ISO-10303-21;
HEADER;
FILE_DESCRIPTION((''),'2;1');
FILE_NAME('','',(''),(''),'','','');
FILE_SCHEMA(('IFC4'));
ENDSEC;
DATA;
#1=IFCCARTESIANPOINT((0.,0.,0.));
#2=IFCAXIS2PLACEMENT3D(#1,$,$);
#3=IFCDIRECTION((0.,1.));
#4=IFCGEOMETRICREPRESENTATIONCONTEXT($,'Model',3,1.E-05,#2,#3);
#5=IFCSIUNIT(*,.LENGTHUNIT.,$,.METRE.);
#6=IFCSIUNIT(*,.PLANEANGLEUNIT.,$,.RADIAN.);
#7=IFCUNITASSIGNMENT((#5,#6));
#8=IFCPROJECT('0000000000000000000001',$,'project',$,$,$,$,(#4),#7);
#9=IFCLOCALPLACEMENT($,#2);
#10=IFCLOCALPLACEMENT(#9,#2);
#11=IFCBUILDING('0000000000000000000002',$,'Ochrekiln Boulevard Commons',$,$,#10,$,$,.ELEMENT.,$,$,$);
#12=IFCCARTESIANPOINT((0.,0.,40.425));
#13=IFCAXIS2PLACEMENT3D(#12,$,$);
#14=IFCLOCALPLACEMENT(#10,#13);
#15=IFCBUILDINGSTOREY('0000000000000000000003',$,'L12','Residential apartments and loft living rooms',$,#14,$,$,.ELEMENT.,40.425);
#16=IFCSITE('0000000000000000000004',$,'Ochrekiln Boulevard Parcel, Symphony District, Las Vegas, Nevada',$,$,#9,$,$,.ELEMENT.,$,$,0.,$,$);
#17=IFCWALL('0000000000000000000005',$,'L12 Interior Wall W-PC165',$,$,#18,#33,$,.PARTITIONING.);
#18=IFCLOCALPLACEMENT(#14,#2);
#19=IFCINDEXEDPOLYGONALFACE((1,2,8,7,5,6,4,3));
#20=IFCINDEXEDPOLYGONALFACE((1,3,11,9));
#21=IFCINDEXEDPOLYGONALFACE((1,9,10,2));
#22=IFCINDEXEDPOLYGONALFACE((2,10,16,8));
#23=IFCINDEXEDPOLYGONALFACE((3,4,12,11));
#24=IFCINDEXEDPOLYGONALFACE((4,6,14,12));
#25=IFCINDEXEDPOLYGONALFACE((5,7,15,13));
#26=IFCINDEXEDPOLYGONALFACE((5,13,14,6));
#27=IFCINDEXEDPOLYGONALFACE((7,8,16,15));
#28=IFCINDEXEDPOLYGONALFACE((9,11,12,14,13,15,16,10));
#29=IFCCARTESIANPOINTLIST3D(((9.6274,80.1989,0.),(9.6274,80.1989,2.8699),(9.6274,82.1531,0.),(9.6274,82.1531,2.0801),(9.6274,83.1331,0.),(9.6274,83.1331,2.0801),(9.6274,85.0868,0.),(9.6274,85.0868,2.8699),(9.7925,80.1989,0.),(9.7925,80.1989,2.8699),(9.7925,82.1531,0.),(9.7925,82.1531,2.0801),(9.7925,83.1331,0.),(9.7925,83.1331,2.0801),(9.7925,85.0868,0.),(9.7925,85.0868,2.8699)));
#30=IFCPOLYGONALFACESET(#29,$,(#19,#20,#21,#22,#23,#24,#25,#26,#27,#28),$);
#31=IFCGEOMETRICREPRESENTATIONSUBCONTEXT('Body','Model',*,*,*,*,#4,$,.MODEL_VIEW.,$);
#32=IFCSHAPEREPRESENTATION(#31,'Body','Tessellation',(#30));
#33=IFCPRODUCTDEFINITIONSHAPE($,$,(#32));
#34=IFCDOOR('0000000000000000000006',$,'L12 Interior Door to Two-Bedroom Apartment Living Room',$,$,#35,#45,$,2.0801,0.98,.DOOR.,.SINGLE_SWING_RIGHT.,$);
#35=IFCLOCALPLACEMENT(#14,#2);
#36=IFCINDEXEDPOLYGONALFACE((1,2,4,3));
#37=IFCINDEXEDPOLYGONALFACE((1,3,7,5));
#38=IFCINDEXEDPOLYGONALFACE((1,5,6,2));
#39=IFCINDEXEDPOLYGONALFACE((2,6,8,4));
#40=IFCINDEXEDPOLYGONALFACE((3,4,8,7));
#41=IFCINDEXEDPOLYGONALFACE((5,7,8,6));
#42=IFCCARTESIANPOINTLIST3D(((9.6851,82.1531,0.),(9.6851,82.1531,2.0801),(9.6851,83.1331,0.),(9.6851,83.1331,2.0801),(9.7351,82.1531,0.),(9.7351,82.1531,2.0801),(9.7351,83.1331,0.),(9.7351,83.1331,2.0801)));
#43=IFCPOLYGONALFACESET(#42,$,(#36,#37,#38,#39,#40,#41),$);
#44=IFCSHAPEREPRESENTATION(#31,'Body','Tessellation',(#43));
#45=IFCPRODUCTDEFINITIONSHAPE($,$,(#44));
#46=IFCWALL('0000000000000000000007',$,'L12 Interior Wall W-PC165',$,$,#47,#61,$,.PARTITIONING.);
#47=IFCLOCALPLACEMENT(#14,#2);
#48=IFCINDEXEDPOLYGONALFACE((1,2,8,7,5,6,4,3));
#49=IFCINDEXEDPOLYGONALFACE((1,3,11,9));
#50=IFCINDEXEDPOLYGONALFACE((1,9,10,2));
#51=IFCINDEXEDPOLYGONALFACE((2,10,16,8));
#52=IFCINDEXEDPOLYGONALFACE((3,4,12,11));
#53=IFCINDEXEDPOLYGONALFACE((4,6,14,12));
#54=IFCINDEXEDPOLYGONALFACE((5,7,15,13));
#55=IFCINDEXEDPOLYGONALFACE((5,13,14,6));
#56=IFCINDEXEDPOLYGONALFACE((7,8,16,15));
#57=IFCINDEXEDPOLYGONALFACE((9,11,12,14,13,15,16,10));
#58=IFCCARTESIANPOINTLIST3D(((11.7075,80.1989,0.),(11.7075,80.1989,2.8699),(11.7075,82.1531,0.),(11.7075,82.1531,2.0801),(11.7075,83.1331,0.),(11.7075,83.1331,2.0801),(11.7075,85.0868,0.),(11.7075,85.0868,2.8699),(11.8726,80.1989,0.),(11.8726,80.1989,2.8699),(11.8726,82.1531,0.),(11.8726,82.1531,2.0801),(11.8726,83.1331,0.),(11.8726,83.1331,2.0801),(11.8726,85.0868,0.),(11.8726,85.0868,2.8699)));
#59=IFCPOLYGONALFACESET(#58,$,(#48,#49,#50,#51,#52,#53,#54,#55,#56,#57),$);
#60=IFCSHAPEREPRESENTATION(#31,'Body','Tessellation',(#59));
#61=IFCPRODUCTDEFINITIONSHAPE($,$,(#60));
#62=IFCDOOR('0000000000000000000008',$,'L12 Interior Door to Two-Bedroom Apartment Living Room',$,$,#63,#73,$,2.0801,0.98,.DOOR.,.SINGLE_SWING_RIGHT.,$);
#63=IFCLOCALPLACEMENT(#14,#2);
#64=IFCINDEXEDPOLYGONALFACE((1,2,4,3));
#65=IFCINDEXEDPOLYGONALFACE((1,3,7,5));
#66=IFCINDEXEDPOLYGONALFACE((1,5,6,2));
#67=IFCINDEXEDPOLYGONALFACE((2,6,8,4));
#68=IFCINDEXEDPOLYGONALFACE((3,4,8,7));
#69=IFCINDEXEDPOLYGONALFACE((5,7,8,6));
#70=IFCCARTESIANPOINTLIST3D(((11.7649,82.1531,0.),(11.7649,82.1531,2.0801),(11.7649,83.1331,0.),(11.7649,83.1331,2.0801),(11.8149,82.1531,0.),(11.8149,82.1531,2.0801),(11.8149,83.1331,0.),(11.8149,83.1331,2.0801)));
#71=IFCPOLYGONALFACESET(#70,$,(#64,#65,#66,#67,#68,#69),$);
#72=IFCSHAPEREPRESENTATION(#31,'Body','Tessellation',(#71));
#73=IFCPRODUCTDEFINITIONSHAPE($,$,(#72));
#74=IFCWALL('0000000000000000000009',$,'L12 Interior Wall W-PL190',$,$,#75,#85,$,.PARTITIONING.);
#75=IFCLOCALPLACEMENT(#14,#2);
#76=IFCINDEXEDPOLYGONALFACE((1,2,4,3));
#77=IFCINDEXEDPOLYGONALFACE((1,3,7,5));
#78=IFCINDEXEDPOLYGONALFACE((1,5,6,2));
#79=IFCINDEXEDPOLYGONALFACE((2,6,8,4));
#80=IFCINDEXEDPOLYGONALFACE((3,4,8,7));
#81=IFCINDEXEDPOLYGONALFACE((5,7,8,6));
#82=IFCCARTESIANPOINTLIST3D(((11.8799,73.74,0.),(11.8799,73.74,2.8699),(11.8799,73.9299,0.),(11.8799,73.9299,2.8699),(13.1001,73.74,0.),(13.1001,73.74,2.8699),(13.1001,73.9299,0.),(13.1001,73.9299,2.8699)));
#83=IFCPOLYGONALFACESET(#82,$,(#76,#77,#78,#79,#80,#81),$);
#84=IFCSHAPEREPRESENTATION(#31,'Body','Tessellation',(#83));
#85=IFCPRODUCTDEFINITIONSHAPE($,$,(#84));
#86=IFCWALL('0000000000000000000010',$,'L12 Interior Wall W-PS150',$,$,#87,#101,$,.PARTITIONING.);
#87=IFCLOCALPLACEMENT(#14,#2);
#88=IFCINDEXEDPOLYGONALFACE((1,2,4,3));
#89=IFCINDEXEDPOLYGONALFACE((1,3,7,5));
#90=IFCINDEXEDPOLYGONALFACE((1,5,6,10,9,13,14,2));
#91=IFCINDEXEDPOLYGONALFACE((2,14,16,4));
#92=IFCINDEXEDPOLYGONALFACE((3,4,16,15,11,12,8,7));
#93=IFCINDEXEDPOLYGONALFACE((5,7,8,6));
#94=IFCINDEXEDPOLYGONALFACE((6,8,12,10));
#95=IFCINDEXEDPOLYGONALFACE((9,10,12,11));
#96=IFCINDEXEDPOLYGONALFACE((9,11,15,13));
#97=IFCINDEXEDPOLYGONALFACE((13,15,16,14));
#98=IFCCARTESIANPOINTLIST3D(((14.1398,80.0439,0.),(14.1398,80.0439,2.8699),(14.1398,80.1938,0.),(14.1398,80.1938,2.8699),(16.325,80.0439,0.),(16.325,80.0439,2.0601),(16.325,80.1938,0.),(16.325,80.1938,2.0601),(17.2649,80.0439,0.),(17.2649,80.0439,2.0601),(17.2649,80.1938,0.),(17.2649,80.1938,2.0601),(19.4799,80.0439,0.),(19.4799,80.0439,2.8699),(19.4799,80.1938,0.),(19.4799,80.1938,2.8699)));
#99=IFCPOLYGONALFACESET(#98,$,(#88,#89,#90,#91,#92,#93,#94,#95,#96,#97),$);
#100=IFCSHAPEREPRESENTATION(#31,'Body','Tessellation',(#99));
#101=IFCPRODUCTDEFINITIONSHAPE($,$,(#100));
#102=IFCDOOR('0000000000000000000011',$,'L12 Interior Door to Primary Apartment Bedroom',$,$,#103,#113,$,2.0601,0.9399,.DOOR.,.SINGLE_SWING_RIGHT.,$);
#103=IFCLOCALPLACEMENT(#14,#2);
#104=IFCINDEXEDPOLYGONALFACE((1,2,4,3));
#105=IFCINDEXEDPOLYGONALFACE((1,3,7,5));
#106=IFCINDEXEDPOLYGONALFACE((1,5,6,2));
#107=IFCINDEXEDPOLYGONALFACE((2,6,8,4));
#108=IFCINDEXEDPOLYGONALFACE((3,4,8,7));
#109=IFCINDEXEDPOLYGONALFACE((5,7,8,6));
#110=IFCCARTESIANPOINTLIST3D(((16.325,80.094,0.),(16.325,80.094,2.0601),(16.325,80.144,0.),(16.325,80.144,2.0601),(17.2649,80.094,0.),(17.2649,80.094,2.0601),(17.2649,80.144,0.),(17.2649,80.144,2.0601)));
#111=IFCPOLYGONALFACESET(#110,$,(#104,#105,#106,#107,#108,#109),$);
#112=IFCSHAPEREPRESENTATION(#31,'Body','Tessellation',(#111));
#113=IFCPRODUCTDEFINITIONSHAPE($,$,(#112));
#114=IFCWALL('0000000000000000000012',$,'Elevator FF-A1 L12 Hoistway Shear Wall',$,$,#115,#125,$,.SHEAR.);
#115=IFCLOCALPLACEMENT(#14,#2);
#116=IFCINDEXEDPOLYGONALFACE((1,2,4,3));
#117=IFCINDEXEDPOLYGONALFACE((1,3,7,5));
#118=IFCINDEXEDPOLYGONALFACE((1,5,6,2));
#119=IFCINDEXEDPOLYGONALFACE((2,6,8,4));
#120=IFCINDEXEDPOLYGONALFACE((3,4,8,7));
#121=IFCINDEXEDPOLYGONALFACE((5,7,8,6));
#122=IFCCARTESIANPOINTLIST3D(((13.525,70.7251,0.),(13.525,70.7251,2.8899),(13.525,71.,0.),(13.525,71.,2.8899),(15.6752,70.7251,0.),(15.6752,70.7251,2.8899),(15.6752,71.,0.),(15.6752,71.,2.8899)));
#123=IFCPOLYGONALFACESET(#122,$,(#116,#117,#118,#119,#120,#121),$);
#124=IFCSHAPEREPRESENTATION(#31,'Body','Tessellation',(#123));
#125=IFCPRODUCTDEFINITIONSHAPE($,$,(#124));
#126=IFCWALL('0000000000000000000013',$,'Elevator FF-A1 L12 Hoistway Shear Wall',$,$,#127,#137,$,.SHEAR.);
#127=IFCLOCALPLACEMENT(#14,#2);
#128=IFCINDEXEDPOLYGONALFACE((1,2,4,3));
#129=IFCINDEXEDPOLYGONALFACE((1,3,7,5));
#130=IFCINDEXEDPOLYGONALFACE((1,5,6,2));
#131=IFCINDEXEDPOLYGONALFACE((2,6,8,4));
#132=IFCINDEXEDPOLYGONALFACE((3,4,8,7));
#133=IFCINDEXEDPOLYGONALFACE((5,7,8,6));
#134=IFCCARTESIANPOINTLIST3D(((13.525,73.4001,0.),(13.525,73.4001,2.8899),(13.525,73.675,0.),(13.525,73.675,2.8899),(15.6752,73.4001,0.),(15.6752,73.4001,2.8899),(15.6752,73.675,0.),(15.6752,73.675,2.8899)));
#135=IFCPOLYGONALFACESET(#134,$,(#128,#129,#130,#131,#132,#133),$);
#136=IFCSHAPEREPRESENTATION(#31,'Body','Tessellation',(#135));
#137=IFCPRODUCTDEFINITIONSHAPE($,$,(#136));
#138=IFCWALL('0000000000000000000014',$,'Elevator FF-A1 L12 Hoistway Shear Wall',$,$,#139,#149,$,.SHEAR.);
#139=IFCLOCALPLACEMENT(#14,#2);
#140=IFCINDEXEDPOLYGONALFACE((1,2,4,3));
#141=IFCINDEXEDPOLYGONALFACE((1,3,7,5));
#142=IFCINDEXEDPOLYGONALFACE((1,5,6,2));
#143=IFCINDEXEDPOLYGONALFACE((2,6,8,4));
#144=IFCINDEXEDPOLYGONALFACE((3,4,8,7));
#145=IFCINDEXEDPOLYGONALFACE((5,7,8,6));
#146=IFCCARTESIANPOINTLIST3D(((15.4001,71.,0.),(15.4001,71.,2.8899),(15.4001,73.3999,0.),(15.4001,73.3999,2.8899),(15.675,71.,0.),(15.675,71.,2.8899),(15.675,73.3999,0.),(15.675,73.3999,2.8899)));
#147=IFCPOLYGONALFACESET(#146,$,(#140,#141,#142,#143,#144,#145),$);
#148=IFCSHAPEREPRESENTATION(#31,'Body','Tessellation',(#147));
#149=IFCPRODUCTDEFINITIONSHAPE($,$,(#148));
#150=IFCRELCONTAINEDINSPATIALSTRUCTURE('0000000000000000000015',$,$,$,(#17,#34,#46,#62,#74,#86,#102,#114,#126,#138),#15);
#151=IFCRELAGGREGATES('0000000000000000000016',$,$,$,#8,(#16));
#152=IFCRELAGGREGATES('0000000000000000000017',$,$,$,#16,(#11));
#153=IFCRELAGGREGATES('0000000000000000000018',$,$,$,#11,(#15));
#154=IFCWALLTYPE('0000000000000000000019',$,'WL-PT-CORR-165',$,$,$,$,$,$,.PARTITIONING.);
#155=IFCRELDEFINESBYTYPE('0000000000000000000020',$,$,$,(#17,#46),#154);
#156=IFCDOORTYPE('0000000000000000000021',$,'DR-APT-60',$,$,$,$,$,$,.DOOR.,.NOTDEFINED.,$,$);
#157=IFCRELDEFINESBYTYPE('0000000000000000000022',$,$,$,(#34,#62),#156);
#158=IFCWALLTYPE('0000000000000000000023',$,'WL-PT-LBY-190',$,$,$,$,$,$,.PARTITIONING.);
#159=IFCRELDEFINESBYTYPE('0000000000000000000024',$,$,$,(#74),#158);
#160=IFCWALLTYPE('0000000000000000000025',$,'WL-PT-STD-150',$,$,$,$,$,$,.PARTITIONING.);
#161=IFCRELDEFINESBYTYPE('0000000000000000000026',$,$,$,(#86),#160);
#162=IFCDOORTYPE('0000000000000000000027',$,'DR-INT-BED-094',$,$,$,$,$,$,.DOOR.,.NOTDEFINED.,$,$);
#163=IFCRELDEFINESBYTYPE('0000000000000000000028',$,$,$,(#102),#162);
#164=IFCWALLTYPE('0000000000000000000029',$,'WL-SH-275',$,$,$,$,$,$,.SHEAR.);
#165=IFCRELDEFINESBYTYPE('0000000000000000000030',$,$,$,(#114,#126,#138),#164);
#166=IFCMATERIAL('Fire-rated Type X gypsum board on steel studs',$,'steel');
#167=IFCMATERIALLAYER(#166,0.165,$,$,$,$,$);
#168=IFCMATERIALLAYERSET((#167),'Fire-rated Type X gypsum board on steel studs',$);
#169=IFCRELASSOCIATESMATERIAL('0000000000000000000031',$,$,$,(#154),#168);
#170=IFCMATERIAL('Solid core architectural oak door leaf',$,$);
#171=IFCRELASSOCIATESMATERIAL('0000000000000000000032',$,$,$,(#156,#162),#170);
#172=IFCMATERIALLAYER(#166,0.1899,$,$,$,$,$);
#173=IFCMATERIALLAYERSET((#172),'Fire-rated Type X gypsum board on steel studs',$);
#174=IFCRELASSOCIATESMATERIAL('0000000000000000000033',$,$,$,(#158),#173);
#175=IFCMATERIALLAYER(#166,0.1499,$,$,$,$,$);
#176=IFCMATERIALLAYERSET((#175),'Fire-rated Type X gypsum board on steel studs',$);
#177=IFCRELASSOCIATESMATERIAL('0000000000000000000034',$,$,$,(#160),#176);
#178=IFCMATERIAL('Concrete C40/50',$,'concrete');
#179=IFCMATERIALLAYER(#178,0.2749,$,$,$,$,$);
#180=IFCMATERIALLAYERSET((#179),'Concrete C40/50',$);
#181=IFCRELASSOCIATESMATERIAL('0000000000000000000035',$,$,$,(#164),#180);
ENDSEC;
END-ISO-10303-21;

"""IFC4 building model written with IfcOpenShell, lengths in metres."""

from ifc_helpers import new_model, si_unit, direction, frame, frame_2d, origin, place, context, subcontext, project, spatial, rectangle, extrude, material, layer, layer_set, type_object, element, fill, save


model = new_model("IFC4")

# Units and contexts
model_context = context("Model", 3, precision=1e-05, world=origin(), true_north=direction((0.0, 1.0)))
body_context = subcontext(model_context, "Body", "Model", "MODEL_VIEW")
ifc_project = project(units=[si_unit("LENGTHUNIT", "METRE"), si_unit("PLANEANGLEUNIT", "RADIAN")], contexts=[model_context])

# Site, building, storey
site_placement = place(None, origin())
site = spatial("IfcSite", under=ifc_project, at=site_placement, Name="Ochrekiln Boulevard Parcel, Symphony District, Las Vegas, Nevada", CompositionType="ELEMENT", RefElevation=0.0)
building_placement = place(site_placement, origin())
building = spatial("IfcBuilding", under=site, at=building_placement, Name="Ochrekiln Boulevard Commons", CompositionType="ELEMENT")
storey_placement = place(building_placement, frame((0.0, 0.0, 40.425)))
storey = spatial("IfcBuildingStorey", under=building, at=storey_placement, Name="L12", Description="Residential apartments and loft living rooms", CompositionType="ELEMENT", Elevation=40.425)

# Shared definitions
ifc_material_1 = material(Name="Solid core architectural oak door leaf")

# Walls, openings, doors
ifc_material_2 = material(Name="Fire-rated Type X gypsum board on steel studs", Category="steel")
ifc_layer_1 = layer(ifc_material_2, 0.165)
ifc_layer_set_1 = layer_set([ifc_layer_1], Name="Fire-rated Type X gypsum board on steel studs")
wall_type_1 = type_object("IfcWallType", Name="WL-PT-CORR-165", PredefinedType="PARTITIONING", material=ifc_layer_set_1)
wall_1_placement = place(storey_placement, frame((9.71, 80.199, 0.0), z_axis=(0.0, 0.0, 1.0), x_axis=(0.0, 1.0, 0.0)))
wall_1 = element("IfcWall", 1, at=wall_1_placement, inside=storey, type_object=wall_type_1, Name="L12 Interior Wall W-PC165", PredefinedType="PARTITIONING", context=body_context, shape_type="SweptSolid", body=[
    extrude(rectangle(XDim=4.8879, YDim=0.165, at=frame_2d((2.4438, 0.0))), origin(), (0.0, 0.0, 1.0), 2.8699),
])
opening_1_placement = place(wall_1_placement, frame((1.9541, 0.0, 0.0)))
opening_1 = element("IfcOpeningElement", 2, at=opening_1_placement, cuts=wall_1, PredefinedType="OPENING", context=body_context, shape_type="SweptSolid", body=[
    extrude(rectangle(XDim=0.98, YDim=2.0801, at=frame_2d((0.49, 1.04))), frame((0.0, 0.0925, 0.0), z_axis=(0.0, -1.0, 0.0), x_axis=(1.0, 0.0, 0.0)), (0.0, 0.0, 1.0), 0.1851),
])
door_type_1 = type_object("IfcDoorType", Name="DR-APT-60", OperationType="NOTDEFINED", PredefinedType="DOOR", material=ifc_material_1)
door_1_placement = place(opening_1_placement, origin())
door_1 = element("IfcDoor", 3, at=door_1_placement, inside=storey, type_object=door_type_1, Name="L12 Interior Door to Two-Bedroom Apartment Living Room", OperationType="SINGLE_SWING_RIGHT", OverallHeight=2.0801, OverallWidth=0.98, PredefinedType="DOOR", context=body_context, shape_type="SweptSolid", body=[
    extrude(rectangle(XDim=0.98, YDim=2.0801, at=frame_2d((0.49, 1.04))), frame((0.0, 0.0249, 0.0), z_axis=(0.0, -1.0, 0.0), x_axis=(1.0, 0.0, 0.0)), (0.0, 0.0, 1.0), 0.05),
])
fill(opening_1, door_1)
wall_2_placement = place(storey_placement, frame((11.79, 80.199, 0.0), z_axis=(0.0, 0.0, 1.0), x_axis=(0.0, 1.0, 0.0)))
wall_2 = element("IfcWall", 4, at=wall_2_placement, inside=storey, type_object=wall_type_1, Name="L12 Interior Wall W-PC165", PredefinedType="PARTITIONING", context=body_context, shape_type="SweptSolid", body=[
    extrude(rectangle(XDim=4.8879, YDim=0.165, at=frame_2d((2.4438, 0.0))), origin(), (0.0, 0.0, 1.0), 2.8699),
])
opening_2_placement = place(wall_2_placement, frame((1.9541, 0.0, 0.0)))
opening_2 = element("IfcOpeningElement", 5, at=opening_2_placement, cuts=wall_2, PredefinedType="OPENING", context=body_context, shape_type="SweptSolid", body=[
    extrude(rectangle(XDim=0.98, YDim=2.0801, at=frame_2d((0.49, 1.04))), frame((0.0, 0.0925, 0.0), z_axis=(0.0, -1.0, 0.0), x_axis=(1.0, 0.0, 0.0)), (0.0, 0.0, 1.0), 0.1851),
])
door_2_placement = place(opening_2_placement, frame((0.98, 0.0, 0.0), z_axis=(0.0, 0.0, 1.0), x_axis=(-1.0, 0.0, 0.0)))
door_2 = element("IfcDoor", 6, at=door_2_placement, inside=storey, type_object=door_type_1, Name="L12 Interior Door to Two-Bedroom Apartment Living Room", OperationType="SINGLE_SWING_RIGHT", OverallHeight=2.0801, OverallWidth=0.98, PredefinedType="DOOR", context=body_context, shape_type="SweptSolid", body=[
    extrude(rectangle(XDim=0.98, YDim=2.0801, at=frame_2d((0.49, 1.04))), frame((0.0, 0.0249, 0.0), z_axis=(0.0, -1.0, 0.0), x_axis=(1.0, 0.0, 0.0)), (0.0, 0.0, 1.0), 0.05),
])
fill(opening_2, door_2)

# Wall
ifc_layer_2 = layer(ifc_material_2, 0.1899)
ifc_layer_set_2 = layer_set([ifc_layer_2], Name="Fire-rated Type X gypsum board on steel studs")
wall_type_2 = type_object("IfcWallType", Name="WL-PT-LBY-190", PredefinedType="PARTITIONING", material=ifc_layer_set_2)
wall_3_placement = place(storey_placement, frame((11.8799, 73.835, 0.0), z_axis=(0.0, 0.0, 1.0), x_axis=(1.0, 0.0, 0.0)))
element("IfcWall", 7, at=wall_3_placement, inside=storey, type_object=wall_type_2, Name="L12 Interior Wall W-PL190", PredefinedType="PARTITIONING", context=body_context, shape_type="SweptSolid", body=[
    extrude(rectangle(XDim=1.2202, YDim=0.1899, at=frame_2d((0.6101, 0.0))), origin(), (0.0, 0.0, 1.0), 2.8699),
])

# Wall, opening, door
ifc_layer_3 = layer(ifc_material_2, 0.1499)
ifc_layer_set_3 = layer_set([ifc_layer_3], Name="Fire-rated Type X gypsum board on steel studs")
wall_type_3 = type_object("IfcWallType", Name="WL-PT-STD-150", PredefinedType="PARTITIONING", material=ifc_layer_set_3)
wall_4_placement = place(storey_placement, frame((14.1399, 80.1189, 0.0), z_axis=(0.0, 0.0, 1.0), x_axis=(1.0, 0.0, 0.0)))
wall_4 = element("IfcWall", 8, at=wall_4_placement, inside=storey, type_object=wall_type_3, Name="L12 Interior Wall W-PS150", PredefinedType="PARTITIONING", context=body_context, shape_type="SweptSolid", body=[
    extrude(rectangle(XDim=5.3401, YDim=0.1499, at=frame_2d((2.6699, 0.0))), origin(), (0.0, 0.0, 1.0), 2.8699),
])
opening_3_placement = place(wall_4_placement, frame((2.1851, 0.0, 0.0)))
opening_3 = element("IfcOpeningElement", 9, at=opening_3_placement, cuts=wall_4, PredefinedType="OPENING", context=body_context, shape_type="SweptSolid", body=[
    extrude(rectangle(XDim=0.9399, YDim=2.0601, at=frame_2d((0.47, 1.03))), frame((0.0, 0.085, 0.0), z_axis=(0.0, -1.0, 0.0), x_axis=(1.0, 0.0, 0.0)), (0.0, 0.0, 1.0), 0.1699),
])
door_type_2 = type_object("IfcDoorType", Name="DR-INT-BED-094", OperationType="NOTDEFINED", PredefinedType="DOOR", material=ifc_material_1)
door_3_placement = place(opening_3_placement, frame((0.9399, 0.0, 0.0), z_axis=(0.0, 0.0, 1.0), x_axis=(-1.0, 0.0, 0.0)))
door_3 = element("IfcDoor", 10, at=door_3_placement, inside=storey, type_object=door_type_2, Name="L12 Interior Door to Primary Apartment Bedroom", OperationType="SINGLE_SWING_RIGHT", OverallHeight=2.0601, OverallWidth=0.9399, PredefinedType="DOOR", context=body_context, shape_type="SweptSolid", body=[
    extrude(rectangle(XDim=0.9399, YDim=2.0601, at=frame_2d((0.47, 1.03))), frame((0.0, 0.0249, 0.0), z_axis=(0.0, -1.0, 0.0), x_axis=(1.0, 0.0, 0.0)), (0.0, 0.0, 1.0), 0.05),
])
fill(opening_3, door_3)

# Walls
ifc_material_3 = material(Name="Concrete C40/50", Category="concrete")
ifc_layer_4 = layer(ifc_material_3, 0.2749)
ifc_layer_set_4 = layer_set([ifc_layer_4], Name="Concrete C40/50")
wall_type_4 = type_object("IfcWallType", Name="WL-SH-275", PredefinedType="SHEAR", material=ifc_layer_set_4)
for number, where, z_axis, x_axis, name in (
    (11, (13.5249, 70.8625, 0.0), (0.0, 0.0, 1.0), (1.0, 0.0, 0.0), "Elevator FF-A1 L12 Hoistway Shear Wall"),
    (12, (13.5249, 73.5376, 0.0), (0.0, 0.0, 1.0), (1.0, 0.0, 0.0), "Elevator FF-A1 L12 Hoistway Shear Wall"),
):
    element("IfcWall", number, at=place(storey_placement, frame(where, z_axis=z_axis, x_axis=x_axis)), inside=storey, type_object=wall_type_4, Name=name, PredefinedType="SHEAR", context=body_context, shape_type="SweptSolid", body=[
        extrude(rectangle(XDim=2.1501, YDim=0.2749, at=frame_2d((1.0752, 0.0))), origin(), (0.0, 0.0, 1.0), 2.8899),
    ])

# Wall
wall_5_placement = place(storey_placement, frame((15.5376, 71.0, 0.0), z_axis=(0.0, 0.0, 1.0), x_axis=(0.0, 1.0, 0.0)))
element("IfcWall", 13, at=wall_5_placement, inside=storey, type_object=wall_type_4, Name="Elevator FF-A1 L12 Hoistway Shear Wall", PredefinedType="SHEAR", context=body_context, shape_type="SweptSolid", body=[
    extrude(rectangle(XDim=2.3999, YDim=0.2749, at=frame_2d((1.2, 0.0))), origin(), (0.0, 0.0, 1.0), 2.8899),
])

save(model, "model.ifc")
